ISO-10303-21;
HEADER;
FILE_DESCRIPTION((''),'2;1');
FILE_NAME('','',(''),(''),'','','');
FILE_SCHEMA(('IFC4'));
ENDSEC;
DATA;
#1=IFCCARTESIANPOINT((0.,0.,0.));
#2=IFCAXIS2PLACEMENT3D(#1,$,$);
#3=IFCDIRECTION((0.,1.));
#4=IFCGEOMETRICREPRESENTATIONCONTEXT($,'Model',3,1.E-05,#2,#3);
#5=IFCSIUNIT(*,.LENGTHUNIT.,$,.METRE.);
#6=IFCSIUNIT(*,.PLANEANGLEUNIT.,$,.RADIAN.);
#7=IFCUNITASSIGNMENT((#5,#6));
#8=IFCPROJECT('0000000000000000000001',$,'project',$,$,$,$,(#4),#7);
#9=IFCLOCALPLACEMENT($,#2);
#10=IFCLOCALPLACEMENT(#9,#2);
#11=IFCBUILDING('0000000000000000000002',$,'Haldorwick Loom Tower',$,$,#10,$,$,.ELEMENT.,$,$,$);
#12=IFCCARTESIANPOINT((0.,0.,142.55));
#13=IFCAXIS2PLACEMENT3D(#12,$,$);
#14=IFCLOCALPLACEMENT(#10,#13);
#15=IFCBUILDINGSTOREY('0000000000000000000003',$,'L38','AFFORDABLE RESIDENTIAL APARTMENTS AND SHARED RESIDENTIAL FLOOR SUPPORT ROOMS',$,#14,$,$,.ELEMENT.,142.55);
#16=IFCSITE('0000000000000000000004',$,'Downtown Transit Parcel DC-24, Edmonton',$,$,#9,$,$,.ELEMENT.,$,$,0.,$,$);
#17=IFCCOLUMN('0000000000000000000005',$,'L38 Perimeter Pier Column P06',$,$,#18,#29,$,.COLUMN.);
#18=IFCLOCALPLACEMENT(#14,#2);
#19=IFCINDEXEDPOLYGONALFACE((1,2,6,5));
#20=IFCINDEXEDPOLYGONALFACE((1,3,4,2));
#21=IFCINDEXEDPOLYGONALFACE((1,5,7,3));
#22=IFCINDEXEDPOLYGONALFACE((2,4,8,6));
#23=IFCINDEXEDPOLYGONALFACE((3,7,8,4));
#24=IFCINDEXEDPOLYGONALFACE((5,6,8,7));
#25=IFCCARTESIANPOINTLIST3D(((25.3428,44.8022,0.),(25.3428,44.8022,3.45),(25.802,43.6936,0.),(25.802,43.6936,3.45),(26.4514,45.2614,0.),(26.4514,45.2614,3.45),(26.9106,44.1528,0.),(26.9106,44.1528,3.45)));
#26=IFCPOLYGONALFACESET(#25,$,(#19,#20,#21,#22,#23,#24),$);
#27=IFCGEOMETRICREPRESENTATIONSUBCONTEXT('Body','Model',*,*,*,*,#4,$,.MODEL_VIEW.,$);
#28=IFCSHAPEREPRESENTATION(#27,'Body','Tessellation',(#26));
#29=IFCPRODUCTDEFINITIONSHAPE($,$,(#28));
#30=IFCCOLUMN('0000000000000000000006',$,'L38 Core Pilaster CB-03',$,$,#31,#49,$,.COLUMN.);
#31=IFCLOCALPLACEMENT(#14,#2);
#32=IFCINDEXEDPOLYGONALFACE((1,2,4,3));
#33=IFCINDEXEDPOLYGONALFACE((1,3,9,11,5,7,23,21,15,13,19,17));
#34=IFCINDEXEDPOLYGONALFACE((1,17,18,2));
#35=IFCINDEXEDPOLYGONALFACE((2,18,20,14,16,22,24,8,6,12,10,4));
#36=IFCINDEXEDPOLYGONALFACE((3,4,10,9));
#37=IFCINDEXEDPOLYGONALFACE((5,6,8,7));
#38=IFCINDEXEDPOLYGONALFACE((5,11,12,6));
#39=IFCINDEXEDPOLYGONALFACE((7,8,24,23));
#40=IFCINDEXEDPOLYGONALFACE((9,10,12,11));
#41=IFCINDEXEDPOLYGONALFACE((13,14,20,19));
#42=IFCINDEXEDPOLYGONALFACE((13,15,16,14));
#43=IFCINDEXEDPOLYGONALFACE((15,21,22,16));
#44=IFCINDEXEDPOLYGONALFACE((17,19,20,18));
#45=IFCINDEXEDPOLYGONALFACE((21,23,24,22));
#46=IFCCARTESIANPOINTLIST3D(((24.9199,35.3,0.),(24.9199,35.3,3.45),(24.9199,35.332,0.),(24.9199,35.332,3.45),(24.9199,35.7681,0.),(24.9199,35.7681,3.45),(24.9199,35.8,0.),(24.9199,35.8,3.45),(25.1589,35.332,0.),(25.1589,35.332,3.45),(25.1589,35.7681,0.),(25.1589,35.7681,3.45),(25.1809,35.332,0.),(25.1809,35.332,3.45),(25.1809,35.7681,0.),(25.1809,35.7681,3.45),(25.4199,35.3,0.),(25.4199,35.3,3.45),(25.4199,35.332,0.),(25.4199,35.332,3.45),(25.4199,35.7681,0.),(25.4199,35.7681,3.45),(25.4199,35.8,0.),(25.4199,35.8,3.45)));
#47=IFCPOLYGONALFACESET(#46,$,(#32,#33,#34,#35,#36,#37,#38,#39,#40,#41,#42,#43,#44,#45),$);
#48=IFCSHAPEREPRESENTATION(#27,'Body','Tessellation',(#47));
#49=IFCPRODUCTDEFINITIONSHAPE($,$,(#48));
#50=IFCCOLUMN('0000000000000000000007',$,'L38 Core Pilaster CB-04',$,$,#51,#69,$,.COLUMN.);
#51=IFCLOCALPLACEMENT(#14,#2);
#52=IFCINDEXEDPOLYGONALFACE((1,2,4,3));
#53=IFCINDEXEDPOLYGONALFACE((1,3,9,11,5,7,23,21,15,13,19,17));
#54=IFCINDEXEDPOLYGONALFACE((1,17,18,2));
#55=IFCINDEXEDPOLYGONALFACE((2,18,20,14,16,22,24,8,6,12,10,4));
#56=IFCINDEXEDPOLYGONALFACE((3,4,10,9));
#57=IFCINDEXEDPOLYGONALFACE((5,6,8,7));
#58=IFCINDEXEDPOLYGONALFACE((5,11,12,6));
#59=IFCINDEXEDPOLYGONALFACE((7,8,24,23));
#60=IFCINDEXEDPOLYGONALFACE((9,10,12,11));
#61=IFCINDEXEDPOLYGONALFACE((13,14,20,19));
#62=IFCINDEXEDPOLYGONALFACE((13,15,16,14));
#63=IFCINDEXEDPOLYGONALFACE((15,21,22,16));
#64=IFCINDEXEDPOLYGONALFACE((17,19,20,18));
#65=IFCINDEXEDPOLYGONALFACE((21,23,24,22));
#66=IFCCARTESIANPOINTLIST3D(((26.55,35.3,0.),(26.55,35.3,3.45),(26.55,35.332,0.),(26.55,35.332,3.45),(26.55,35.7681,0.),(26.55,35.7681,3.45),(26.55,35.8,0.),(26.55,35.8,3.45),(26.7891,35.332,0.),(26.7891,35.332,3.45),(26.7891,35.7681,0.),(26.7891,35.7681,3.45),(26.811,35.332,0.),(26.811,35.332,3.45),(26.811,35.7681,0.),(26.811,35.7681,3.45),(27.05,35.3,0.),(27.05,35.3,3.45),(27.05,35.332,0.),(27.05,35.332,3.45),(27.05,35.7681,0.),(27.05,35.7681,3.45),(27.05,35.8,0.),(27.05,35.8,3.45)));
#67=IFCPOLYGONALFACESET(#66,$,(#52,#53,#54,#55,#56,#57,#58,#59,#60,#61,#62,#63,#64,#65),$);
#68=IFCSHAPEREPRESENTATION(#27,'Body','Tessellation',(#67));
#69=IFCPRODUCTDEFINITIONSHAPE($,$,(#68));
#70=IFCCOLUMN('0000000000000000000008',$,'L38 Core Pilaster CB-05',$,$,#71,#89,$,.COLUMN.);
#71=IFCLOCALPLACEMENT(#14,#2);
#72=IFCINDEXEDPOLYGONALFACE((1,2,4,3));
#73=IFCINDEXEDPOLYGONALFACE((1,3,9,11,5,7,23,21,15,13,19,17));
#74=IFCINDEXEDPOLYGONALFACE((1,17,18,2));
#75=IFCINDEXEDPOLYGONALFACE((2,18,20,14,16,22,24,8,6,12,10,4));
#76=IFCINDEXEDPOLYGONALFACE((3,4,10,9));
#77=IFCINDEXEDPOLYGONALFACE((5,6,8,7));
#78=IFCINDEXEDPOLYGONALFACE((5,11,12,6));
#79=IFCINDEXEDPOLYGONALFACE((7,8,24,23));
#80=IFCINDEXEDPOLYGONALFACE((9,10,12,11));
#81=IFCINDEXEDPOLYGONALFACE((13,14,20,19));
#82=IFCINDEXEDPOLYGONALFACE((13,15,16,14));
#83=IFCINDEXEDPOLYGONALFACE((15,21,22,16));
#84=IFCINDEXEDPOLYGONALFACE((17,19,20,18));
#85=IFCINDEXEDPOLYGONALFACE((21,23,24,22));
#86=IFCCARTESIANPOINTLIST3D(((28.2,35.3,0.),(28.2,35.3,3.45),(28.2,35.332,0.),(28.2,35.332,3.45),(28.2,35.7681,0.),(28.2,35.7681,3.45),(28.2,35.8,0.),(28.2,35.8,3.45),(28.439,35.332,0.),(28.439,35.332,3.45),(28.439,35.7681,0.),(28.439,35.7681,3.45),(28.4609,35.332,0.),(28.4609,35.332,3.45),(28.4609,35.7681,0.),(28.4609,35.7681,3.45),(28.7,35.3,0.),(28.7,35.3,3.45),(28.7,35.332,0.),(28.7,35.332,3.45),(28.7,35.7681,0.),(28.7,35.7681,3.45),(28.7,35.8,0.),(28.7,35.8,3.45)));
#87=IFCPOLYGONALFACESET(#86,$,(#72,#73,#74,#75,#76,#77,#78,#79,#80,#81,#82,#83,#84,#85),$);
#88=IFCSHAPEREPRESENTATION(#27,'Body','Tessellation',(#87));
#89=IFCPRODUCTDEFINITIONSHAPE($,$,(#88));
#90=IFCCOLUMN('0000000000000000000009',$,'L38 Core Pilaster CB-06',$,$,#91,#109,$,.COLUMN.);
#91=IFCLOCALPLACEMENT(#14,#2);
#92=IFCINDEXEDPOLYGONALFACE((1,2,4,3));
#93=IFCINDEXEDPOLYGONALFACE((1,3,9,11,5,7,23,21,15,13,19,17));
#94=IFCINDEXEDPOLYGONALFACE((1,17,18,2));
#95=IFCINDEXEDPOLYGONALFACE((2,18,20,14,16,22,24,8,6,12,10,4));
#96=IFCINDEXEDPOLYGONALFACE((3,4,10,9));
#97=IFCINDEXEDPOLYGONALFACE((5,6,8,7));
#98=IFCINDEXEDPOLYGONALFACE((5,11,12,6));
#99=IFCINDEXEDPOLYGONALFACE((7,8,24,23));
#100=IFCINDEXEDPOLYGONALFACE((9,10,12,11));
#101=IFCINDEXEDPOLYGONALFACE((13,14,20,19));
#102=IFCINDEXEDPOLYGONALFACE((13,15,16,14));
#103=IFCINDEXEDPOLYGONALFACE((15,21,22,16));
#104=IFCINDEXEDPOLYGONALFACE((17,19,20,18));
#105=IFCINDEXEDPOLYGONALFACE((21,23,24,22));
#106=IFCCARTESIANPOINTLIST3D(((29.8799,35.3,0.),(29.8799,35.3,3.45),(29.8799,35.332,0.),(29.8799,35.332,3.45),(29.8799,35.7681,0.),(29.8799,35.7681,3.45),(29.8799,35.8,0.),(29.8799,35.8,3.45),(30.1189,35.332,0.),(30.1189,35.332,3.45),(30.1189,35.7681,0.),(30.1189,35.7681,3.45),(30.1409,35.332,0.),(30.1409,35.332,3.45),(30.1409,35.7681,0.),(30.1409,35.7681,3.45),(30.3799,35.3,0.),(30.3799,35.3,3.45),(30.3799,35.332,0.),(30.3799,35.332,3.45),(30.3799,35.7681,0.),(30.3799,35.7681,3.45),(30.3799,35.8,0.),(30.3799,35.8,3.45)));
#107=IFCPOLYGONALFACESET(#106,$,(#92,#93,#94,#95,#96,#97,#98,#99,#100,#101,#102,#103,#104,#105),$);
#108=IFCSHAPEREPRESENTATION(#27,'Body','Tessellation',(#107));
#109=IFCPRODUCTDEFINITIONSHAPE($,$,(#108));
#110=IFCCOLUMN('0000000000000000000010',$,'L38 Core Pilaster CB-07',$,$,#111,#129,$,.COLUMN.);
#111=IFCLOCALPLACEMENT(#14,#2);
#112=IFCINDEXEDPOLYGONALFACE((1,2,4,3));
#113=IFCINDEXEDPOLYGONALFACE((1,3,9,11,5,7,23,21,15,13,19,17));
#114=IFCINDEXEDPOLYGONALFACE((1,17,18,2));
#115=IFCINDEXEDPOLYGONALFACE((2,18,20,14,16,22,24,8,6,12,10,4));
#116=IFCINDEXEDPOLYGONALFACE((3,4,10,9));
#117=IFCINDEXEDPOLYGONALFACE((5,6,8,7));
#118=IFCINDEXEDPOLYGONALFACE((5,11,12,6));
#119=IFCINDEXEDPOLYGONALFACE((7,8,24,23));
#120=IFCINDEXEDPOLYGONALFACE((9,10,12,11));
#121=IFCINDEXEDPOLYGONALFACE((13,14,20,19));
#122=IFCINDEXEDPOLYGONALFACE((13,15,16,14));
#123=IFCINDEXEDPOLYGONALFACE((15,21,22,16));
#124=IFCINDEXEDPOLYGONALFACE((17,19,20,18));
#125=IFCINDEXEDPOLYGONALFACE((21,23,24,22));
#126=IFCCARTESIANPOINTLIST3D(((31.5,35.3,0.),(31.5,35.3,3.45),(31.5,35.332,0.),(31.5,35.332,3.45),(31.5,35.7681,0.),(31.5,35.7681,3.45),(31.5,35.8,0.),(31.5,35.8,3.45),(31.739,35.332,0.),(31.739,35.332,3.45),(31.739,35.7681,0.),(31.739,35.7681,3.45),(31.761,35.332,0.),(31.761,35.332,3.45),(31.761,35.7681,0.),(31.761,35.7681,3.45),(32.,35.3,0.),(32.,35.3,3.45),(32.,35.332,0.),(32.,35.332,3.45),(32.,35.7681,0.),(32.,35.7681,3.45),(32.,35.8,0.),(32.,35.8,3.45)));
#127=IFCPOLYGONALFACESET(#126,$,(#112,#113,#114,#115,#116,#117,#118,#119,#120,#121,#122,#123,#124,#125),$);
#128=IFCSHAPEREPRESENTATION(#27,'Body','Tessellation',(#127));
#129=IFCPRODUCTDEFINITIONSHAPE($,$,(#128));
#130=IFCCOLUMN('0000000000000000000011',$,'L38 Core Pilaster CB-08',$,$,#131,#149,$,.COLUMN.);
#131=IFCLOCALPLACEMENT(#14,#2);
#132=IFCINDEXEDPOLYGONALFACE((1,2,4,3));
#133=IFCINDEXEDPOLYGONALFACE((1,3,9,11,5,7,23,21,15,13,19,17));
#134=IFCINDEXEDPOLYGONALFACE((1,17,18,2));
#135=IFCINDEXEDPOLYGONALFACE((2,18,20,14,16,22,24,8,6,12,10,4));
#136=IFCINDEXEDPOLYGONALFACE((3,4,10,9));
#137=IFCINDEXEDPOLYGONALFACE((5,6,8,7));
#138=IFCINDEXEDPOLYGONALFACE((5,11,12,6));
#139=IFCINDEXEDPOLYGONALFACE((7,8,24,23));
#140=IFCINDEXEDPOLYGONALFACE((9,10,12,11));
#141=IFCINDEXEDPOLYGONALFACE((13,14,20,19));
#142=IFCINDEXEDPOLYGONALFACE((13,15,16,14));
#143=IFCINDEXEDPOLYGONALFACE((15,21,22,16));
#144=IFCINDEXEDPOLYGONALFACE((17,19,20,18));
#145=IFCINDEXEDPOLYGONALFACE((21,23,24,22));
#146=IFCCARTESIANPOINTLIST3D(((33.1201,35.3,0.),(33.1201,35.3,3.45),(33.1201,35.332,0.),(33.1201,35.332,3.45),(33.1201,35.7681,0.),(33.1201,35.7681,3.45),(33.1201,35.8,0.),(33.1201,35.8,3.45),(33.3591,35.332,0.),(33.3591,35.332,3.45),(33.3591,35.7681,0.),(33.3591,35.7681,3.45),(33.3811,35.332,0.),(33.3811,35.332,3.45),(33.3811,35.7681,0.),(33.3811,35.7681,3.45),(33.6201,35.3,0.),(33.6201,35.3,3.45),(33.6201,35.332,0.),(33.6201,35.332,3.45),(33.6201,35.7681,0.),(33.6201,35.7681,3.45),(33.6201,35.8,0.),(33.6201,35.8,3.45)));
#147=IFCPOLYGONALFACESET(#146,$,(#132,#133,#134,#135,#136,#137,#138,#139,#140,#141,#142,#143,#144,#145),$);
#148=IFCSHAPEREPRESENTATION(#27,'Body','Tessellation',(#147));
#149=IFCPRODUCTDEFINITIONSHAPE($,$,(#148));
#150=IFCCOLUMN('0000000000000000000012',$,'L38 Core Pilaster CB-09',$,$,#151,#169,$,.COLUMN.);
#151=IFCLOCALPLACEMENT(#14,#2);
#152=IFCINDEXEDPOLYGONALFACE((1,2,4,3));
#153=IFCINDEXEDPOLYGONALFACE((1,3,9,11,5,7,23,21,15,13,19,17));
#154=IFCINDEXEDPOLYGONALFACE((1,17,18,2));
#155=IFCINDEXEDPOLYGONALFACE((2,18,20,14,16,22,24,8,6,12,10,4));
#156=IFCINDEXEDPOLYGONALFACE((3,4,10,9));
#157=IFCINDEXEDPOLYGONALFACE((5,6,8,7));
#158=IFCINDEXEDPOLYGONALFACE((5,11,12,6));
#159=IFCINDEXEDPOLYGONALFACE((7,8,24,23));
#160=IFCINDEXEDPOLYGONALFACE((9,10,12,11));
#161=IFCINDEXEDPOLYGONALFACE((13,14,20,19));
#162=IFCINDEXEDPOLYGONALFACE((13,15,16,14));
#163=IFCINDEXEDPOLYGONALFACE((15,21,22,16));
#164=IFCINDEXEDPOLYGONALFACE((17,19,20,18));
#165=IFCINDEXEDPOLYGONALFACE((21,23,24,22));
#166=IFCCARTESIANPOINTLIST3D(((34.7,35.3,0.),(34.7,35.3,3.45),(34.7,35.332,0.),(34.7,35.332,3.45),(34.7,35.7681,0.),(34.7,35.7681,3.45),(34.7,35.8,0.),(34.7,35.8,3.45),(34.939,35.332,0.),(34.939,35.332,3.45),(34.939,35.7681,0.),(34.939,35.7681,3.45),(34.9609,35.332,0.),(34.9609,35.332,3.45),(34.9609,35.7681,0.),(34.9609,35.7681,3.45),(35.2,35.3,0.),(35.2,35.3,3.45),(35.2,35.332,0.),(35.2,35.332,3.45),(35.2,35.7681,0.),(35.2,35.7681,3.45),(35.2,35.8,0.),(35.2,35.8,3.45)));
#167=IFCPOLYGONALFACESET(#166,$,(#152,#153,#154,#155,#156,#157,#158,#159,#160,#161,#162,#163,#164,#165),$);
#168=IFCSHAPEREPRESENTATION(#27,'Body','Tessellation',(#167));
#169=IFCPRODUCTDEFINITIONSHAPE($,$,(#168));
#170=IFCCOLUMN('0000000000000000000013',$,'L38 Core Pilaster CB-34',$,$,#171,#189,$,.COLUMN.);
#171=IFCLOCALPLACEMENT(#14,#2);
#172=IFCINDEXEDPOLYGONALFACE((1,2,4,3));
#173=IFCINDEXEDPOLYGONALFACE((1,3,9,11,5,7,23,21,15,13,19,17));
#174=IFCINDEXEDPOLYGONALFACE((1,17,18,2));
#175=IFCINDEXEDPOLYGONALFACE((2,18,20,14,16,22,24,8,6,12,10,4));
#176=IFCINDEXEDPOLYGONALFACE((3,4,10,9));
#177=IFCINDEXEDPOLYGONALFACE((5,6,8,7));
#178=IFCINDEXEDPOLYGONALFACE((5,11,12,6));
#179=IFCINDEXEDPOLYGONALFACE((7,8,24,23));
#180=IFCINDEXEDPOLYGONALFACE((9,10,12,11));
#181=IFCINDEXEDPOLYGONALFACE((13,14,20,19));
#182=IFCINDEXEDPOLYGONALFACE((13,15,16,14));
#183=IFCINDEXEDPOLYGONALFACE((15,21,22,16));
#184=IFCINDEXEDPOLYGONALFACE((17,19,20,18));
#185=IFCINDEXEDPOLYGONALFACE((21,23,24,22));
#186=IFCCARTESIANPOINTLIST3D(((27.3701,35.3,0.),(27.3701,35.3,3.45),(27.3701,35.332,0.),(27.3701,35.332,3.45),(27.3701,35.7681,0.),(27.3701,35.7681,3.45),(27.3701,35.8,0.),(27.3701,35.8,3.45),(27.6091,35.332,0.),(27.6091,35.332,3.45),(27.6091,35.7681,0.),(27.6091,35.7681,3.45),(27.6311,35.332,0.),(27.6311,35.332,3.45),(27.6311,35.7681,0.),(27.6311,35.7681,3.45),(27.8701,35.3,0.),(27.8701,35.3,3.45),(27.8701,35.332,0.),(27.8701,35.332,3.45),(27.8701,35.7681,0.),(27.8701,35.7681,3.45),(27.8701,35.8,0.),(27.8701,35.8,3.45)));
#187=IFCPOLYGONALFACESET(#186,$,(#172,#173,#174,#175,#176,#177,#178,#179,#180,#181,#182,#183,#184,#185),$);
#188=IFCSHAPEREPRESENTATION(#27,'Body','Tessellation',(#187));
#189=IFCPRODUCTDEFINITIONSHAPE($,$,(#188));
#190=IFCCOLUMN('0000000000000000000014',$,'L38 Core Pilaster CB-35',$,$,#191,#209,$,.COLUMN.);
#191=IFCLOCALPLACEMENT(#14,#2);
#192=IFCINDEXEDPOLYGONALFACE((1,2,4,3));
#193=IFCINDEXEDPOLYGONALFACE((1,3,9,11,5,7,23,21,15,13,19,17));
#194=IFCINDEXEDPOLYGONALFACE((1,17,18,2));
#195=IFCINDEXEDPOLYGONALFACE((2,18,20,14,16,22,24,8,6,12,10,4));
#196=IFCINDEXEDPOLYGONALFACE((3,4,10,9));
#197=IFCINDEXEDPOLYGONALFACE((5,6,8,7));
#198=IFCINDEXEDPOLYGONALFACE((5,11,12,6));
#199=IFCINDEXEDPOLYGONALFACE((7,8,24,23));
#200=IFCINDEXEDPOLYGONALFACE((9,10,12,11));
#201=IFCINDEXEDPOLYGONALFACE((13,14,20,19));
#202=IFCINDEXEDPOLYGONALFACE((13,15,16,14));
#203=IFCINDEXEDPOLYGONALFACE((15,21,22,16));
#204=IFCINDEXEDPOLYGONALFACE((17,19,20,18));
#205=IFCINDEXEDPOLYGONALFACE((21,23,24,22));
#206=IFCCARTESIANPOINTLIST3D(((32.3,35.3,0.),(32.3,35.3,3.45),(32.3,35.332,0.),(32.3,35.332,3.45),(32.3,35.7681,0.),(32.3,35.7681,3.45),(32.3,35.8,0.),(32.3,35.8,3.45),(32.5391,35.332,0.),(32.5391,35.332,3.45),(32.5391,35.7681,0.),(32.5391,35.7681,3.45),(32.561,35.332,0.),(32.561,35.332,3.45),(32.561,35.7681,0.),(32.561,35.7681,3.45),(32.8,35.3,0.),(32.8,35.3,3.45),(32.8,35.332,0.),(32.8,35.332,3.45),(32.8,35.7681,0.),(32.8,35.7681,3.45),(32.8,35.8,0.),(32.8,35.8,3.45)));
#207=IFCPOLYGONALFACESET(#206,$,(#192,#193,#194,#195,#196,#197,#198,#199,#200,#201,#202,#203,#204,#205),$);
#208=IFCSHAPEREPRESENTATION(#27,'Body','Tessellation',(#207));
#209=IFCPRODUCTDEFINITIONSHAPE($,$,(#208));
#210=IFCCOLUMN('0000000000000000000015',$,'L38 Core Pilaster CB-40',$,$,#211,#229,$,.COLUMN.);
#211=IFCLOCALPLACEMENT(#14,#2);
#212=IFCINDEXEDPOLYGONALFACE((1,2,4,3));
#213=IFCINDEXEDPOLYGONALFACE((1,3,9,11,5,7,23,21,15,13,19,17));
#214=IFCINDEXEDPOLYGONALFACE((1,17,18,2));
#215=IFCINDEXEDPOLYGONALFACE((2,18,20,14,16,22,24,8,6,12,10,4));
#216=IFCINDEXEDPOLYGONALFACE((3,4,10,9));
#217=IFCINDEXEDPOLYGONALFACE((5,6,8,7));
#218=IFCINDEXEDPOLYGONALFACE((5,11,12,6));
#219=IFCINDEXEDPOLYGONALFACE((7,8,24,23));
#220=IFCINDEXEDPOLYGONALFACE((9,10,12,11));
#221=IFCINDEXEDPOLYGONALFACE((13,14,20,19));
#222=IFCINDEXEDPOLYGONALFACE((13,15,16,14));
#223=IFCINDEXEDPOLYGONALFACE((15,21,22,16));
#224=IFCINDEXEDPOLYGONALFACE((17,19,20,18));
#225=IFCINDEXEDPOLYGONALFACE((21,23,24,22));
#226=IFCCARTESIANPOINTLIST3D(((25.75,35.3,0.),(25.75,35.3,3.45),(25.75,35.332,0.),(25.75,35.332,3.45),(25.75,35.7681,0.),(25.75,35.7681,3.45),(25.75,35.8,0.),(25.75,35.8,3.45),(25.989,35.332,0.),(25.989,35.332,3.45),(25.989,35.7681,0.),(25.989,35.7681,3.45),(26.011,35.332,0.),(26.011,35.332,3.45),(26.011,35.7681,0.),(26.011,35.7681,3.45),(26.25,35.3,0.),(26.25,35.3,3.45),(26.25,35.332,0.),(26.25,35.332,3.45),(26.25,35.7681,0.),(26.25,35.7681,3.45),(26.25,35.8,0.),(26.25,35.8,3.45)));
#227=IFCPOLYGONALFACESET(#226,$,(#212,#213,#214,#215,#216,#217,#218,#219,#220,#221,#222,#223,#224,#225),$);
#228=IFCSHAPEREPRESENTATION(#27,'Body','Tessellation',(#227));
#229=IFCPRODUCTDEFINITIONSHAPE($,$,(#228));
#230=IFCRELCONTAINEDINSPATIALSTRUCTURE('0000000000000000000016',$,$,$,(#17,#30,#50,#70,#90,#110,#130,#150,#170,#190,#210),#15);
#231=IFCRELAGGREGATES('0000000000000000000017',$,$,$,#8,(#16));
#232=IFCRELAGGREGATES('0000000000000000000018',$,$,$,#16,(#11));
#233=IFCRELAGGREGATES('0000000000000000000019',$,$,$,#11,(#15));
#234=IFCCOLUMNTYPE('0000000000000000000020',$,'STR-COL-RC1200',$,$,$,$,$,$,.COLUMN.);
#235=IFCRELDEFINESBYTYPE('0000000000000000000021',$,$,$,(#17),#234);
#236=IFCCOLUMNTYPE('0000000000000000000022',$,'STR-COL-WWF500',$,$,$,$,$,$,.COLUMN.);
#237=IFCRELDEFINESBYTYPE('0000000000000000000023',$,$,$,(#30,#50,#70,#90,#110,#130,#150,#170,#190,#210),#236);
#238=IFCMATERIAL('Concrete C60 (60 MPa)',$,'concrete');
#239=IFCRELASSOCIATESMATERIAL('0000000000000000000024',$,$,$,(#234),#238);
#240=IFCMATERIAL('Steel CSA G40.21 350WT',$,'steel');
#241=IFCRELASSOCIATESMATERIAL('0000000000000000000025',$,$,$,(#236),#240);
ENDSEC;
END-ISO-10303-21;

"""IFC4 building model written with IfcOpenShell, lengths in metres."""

from ifc_helpers import new_model, si_unit, direction, frame, origin, origin_2d, place, context, subcontext, project, spatial, rectangle, i_section, extrude, material, material_profile, profile_set, type_object, element, save


model = new_model("IFC4")

# Units and contexts
model_context = context("Model", 3, precision=1e-05, world=origin(), true_north=direction((0.0, 1.0)))
body_context = subcontext(model_context, "Body", "Model", "MODEL_VIEW")
ifc_project = project(units=[si_unit("LENGTHUNIT", "METRE"), si_unit("PLANEANGLEUNIT", "RADIAN")], contexts=[model_context])

# Site, building, storey
site_placement = place(None, origin())
site = spatial("IfcSite", under=ifc_project, at=site_placement, Name="Downtown Transit Parcel DC-24, Edmonton", CompositionType="ELEMENT", RefElevation=0.0)
building_placement = place(site_placement, origin())
building = spatial("IfcBuilding", under=site, at=building_placement, Name="Haldorwick Loom Tower", CompositionType="ELEMENT")
storey_placement = place(building_placement, frame((0.0, 0.0, 142.55)))
storey = spatial("IfcBuildingStorey", under=building, at=storey_placement, Name="L38", Description="AFFORDABLE RESIDENTIAL APARTMENTS AND SHARED RESIDENTIAL FLOOR SUPPORT ROOMS", CompositionType="ELEMENT", Elevation=142.55)

# Columns
ifc_material_1 = material(Name="Concrete C60 (60 MPa)", Category="concrete")
ifc_material_profile_1 = material_profile(ifc_material_1, rectangle(XDim=1.2, YDim=1.2, at=origin_2d()), Name="RC1200X1200", Category="concrete")
ifc_profile_set_1 = profile_set([ifc_material_profile_1], Name="Concrete C60 (60 MPa)")
column_type_1 = type_object("IfcColumnType", Name="STR-COL-RC1200", PredefinedType="COLUMN", material=ifc_profile_set_1)
column_placement = place(storey_placement, frame((26.1267, 44.4775, 0.0), z_axis=(0.0, 0.0, 1.0), x_axis=(-0.382683, 0.92388, 0.0)))
element("IfcColumn", 1, at=column_placement, inside=storey, type_object=column_type_1, Name="L38 Perimeter Pier Column P06", PredefinedType="COLUMN", context=body_context, shape_type="SweptSolid", body=[
    extrude(rectangle(XDim=1.2, YDim=1.2, at=origin_2d()), origin(), (0.0, 0.0, 1.0), 3.45),
])
ifc_material_2 = material(Name="Steel CSA G40.21 350WT", Category="steel")
ifc_material_profile_2 = material_profile(ifc_material_2, i_section(OverallWidth=0.5, OverallDepth=0.5, WebThickness=0.022, FlangeThickness=0.032, at=origin_2d()), Name="WWF500X500", Category="steel")
ifc_profile_set_2 = profile_set([ifc_material_profile_2], Name="Steel CSA G40.21 350WT")
column_type_2 = type_object("IfcColumnType", Name="STR-COL-WWF500", PredefinedType="COLUMN", material=ifc_profile_set_2)
for number, where, z_axis, x_axis, name in (
    (2, (25.1699, 35.55, 0.0), (0.0, 0.0, 1.0), (1.0, 0.0, 0.0), "L38 Core Pilaster CB-03"),
    (3, (26.8, 35.55, 0.0), (0.0, 0.0, 1.0), (1.0, 0.0, 0.0), "L38 Core Pilaster CB-04"),
    (4, (28.45, 35.55, 0.0), (0.0, 0.0, 1.0), (1.0, 0.0, 0.0), "L38 Core Pilaster CB-05"),
    (5, (30.1299, 35.55, 0.0), (0.0, 0.0, 1.0), (1.0, 0.0, 0.0), "L38 Core Pilaster CB-06"),
    (6, (31.75, 35.55, 0.0), (0.0, 0.0, 1.0), (1.0, 0.0, 0.0), "L38 Core Pilaster CB-07"),
    (7, (33.3701, 35.55, 0.0), (0.0, 0.0, 1.0), (1.0, 0.0, 0.0), "L38 Core Pilaster CB-08"),
    (8, (34.95, 35.55, 0.0), (0.0, 0.0, 1.0), (1.0, 0.0, 0.0), "L38 Core Pilaster CB-09"),
    (9, (27.6201, 35.55, 0.0), (0.0, 0.0, 1.0), (1.0, 0.0, 0.0), "L38 Core Pilaster CB-34"),
    (10, (32.55, 35.55, 0.0), (0.0, 0.0, 1.0), (1.0, 0.0, 0.0), "L38 Core Pilaster CB-35"),
    (11, (26.0, 35.55, 0.0), (0.0, 0.0, 1.0), (1.0, 0.0, 0.0), "L38 Core Pilaster CB-40"),
):
    element("IfcColumn", number, at=place(storey_placement, frame(where, z_axis=z_axis, x_axis=x_axis)), inside=storey, type_object=column_type_2, Name=name, PredefinedType="COLUMN", context=body_context, shape_type="SweptSolid", body=[
        extrude(i_section(OverallWidth=0.5, OverallDepth=0.5, WebThickness=0.022, FlangeThickness=0.032, at=origin_2d()), origin(), (0.0, 0.0, 1.0), 3.45),
    ])

save(model, "model.ifc")
